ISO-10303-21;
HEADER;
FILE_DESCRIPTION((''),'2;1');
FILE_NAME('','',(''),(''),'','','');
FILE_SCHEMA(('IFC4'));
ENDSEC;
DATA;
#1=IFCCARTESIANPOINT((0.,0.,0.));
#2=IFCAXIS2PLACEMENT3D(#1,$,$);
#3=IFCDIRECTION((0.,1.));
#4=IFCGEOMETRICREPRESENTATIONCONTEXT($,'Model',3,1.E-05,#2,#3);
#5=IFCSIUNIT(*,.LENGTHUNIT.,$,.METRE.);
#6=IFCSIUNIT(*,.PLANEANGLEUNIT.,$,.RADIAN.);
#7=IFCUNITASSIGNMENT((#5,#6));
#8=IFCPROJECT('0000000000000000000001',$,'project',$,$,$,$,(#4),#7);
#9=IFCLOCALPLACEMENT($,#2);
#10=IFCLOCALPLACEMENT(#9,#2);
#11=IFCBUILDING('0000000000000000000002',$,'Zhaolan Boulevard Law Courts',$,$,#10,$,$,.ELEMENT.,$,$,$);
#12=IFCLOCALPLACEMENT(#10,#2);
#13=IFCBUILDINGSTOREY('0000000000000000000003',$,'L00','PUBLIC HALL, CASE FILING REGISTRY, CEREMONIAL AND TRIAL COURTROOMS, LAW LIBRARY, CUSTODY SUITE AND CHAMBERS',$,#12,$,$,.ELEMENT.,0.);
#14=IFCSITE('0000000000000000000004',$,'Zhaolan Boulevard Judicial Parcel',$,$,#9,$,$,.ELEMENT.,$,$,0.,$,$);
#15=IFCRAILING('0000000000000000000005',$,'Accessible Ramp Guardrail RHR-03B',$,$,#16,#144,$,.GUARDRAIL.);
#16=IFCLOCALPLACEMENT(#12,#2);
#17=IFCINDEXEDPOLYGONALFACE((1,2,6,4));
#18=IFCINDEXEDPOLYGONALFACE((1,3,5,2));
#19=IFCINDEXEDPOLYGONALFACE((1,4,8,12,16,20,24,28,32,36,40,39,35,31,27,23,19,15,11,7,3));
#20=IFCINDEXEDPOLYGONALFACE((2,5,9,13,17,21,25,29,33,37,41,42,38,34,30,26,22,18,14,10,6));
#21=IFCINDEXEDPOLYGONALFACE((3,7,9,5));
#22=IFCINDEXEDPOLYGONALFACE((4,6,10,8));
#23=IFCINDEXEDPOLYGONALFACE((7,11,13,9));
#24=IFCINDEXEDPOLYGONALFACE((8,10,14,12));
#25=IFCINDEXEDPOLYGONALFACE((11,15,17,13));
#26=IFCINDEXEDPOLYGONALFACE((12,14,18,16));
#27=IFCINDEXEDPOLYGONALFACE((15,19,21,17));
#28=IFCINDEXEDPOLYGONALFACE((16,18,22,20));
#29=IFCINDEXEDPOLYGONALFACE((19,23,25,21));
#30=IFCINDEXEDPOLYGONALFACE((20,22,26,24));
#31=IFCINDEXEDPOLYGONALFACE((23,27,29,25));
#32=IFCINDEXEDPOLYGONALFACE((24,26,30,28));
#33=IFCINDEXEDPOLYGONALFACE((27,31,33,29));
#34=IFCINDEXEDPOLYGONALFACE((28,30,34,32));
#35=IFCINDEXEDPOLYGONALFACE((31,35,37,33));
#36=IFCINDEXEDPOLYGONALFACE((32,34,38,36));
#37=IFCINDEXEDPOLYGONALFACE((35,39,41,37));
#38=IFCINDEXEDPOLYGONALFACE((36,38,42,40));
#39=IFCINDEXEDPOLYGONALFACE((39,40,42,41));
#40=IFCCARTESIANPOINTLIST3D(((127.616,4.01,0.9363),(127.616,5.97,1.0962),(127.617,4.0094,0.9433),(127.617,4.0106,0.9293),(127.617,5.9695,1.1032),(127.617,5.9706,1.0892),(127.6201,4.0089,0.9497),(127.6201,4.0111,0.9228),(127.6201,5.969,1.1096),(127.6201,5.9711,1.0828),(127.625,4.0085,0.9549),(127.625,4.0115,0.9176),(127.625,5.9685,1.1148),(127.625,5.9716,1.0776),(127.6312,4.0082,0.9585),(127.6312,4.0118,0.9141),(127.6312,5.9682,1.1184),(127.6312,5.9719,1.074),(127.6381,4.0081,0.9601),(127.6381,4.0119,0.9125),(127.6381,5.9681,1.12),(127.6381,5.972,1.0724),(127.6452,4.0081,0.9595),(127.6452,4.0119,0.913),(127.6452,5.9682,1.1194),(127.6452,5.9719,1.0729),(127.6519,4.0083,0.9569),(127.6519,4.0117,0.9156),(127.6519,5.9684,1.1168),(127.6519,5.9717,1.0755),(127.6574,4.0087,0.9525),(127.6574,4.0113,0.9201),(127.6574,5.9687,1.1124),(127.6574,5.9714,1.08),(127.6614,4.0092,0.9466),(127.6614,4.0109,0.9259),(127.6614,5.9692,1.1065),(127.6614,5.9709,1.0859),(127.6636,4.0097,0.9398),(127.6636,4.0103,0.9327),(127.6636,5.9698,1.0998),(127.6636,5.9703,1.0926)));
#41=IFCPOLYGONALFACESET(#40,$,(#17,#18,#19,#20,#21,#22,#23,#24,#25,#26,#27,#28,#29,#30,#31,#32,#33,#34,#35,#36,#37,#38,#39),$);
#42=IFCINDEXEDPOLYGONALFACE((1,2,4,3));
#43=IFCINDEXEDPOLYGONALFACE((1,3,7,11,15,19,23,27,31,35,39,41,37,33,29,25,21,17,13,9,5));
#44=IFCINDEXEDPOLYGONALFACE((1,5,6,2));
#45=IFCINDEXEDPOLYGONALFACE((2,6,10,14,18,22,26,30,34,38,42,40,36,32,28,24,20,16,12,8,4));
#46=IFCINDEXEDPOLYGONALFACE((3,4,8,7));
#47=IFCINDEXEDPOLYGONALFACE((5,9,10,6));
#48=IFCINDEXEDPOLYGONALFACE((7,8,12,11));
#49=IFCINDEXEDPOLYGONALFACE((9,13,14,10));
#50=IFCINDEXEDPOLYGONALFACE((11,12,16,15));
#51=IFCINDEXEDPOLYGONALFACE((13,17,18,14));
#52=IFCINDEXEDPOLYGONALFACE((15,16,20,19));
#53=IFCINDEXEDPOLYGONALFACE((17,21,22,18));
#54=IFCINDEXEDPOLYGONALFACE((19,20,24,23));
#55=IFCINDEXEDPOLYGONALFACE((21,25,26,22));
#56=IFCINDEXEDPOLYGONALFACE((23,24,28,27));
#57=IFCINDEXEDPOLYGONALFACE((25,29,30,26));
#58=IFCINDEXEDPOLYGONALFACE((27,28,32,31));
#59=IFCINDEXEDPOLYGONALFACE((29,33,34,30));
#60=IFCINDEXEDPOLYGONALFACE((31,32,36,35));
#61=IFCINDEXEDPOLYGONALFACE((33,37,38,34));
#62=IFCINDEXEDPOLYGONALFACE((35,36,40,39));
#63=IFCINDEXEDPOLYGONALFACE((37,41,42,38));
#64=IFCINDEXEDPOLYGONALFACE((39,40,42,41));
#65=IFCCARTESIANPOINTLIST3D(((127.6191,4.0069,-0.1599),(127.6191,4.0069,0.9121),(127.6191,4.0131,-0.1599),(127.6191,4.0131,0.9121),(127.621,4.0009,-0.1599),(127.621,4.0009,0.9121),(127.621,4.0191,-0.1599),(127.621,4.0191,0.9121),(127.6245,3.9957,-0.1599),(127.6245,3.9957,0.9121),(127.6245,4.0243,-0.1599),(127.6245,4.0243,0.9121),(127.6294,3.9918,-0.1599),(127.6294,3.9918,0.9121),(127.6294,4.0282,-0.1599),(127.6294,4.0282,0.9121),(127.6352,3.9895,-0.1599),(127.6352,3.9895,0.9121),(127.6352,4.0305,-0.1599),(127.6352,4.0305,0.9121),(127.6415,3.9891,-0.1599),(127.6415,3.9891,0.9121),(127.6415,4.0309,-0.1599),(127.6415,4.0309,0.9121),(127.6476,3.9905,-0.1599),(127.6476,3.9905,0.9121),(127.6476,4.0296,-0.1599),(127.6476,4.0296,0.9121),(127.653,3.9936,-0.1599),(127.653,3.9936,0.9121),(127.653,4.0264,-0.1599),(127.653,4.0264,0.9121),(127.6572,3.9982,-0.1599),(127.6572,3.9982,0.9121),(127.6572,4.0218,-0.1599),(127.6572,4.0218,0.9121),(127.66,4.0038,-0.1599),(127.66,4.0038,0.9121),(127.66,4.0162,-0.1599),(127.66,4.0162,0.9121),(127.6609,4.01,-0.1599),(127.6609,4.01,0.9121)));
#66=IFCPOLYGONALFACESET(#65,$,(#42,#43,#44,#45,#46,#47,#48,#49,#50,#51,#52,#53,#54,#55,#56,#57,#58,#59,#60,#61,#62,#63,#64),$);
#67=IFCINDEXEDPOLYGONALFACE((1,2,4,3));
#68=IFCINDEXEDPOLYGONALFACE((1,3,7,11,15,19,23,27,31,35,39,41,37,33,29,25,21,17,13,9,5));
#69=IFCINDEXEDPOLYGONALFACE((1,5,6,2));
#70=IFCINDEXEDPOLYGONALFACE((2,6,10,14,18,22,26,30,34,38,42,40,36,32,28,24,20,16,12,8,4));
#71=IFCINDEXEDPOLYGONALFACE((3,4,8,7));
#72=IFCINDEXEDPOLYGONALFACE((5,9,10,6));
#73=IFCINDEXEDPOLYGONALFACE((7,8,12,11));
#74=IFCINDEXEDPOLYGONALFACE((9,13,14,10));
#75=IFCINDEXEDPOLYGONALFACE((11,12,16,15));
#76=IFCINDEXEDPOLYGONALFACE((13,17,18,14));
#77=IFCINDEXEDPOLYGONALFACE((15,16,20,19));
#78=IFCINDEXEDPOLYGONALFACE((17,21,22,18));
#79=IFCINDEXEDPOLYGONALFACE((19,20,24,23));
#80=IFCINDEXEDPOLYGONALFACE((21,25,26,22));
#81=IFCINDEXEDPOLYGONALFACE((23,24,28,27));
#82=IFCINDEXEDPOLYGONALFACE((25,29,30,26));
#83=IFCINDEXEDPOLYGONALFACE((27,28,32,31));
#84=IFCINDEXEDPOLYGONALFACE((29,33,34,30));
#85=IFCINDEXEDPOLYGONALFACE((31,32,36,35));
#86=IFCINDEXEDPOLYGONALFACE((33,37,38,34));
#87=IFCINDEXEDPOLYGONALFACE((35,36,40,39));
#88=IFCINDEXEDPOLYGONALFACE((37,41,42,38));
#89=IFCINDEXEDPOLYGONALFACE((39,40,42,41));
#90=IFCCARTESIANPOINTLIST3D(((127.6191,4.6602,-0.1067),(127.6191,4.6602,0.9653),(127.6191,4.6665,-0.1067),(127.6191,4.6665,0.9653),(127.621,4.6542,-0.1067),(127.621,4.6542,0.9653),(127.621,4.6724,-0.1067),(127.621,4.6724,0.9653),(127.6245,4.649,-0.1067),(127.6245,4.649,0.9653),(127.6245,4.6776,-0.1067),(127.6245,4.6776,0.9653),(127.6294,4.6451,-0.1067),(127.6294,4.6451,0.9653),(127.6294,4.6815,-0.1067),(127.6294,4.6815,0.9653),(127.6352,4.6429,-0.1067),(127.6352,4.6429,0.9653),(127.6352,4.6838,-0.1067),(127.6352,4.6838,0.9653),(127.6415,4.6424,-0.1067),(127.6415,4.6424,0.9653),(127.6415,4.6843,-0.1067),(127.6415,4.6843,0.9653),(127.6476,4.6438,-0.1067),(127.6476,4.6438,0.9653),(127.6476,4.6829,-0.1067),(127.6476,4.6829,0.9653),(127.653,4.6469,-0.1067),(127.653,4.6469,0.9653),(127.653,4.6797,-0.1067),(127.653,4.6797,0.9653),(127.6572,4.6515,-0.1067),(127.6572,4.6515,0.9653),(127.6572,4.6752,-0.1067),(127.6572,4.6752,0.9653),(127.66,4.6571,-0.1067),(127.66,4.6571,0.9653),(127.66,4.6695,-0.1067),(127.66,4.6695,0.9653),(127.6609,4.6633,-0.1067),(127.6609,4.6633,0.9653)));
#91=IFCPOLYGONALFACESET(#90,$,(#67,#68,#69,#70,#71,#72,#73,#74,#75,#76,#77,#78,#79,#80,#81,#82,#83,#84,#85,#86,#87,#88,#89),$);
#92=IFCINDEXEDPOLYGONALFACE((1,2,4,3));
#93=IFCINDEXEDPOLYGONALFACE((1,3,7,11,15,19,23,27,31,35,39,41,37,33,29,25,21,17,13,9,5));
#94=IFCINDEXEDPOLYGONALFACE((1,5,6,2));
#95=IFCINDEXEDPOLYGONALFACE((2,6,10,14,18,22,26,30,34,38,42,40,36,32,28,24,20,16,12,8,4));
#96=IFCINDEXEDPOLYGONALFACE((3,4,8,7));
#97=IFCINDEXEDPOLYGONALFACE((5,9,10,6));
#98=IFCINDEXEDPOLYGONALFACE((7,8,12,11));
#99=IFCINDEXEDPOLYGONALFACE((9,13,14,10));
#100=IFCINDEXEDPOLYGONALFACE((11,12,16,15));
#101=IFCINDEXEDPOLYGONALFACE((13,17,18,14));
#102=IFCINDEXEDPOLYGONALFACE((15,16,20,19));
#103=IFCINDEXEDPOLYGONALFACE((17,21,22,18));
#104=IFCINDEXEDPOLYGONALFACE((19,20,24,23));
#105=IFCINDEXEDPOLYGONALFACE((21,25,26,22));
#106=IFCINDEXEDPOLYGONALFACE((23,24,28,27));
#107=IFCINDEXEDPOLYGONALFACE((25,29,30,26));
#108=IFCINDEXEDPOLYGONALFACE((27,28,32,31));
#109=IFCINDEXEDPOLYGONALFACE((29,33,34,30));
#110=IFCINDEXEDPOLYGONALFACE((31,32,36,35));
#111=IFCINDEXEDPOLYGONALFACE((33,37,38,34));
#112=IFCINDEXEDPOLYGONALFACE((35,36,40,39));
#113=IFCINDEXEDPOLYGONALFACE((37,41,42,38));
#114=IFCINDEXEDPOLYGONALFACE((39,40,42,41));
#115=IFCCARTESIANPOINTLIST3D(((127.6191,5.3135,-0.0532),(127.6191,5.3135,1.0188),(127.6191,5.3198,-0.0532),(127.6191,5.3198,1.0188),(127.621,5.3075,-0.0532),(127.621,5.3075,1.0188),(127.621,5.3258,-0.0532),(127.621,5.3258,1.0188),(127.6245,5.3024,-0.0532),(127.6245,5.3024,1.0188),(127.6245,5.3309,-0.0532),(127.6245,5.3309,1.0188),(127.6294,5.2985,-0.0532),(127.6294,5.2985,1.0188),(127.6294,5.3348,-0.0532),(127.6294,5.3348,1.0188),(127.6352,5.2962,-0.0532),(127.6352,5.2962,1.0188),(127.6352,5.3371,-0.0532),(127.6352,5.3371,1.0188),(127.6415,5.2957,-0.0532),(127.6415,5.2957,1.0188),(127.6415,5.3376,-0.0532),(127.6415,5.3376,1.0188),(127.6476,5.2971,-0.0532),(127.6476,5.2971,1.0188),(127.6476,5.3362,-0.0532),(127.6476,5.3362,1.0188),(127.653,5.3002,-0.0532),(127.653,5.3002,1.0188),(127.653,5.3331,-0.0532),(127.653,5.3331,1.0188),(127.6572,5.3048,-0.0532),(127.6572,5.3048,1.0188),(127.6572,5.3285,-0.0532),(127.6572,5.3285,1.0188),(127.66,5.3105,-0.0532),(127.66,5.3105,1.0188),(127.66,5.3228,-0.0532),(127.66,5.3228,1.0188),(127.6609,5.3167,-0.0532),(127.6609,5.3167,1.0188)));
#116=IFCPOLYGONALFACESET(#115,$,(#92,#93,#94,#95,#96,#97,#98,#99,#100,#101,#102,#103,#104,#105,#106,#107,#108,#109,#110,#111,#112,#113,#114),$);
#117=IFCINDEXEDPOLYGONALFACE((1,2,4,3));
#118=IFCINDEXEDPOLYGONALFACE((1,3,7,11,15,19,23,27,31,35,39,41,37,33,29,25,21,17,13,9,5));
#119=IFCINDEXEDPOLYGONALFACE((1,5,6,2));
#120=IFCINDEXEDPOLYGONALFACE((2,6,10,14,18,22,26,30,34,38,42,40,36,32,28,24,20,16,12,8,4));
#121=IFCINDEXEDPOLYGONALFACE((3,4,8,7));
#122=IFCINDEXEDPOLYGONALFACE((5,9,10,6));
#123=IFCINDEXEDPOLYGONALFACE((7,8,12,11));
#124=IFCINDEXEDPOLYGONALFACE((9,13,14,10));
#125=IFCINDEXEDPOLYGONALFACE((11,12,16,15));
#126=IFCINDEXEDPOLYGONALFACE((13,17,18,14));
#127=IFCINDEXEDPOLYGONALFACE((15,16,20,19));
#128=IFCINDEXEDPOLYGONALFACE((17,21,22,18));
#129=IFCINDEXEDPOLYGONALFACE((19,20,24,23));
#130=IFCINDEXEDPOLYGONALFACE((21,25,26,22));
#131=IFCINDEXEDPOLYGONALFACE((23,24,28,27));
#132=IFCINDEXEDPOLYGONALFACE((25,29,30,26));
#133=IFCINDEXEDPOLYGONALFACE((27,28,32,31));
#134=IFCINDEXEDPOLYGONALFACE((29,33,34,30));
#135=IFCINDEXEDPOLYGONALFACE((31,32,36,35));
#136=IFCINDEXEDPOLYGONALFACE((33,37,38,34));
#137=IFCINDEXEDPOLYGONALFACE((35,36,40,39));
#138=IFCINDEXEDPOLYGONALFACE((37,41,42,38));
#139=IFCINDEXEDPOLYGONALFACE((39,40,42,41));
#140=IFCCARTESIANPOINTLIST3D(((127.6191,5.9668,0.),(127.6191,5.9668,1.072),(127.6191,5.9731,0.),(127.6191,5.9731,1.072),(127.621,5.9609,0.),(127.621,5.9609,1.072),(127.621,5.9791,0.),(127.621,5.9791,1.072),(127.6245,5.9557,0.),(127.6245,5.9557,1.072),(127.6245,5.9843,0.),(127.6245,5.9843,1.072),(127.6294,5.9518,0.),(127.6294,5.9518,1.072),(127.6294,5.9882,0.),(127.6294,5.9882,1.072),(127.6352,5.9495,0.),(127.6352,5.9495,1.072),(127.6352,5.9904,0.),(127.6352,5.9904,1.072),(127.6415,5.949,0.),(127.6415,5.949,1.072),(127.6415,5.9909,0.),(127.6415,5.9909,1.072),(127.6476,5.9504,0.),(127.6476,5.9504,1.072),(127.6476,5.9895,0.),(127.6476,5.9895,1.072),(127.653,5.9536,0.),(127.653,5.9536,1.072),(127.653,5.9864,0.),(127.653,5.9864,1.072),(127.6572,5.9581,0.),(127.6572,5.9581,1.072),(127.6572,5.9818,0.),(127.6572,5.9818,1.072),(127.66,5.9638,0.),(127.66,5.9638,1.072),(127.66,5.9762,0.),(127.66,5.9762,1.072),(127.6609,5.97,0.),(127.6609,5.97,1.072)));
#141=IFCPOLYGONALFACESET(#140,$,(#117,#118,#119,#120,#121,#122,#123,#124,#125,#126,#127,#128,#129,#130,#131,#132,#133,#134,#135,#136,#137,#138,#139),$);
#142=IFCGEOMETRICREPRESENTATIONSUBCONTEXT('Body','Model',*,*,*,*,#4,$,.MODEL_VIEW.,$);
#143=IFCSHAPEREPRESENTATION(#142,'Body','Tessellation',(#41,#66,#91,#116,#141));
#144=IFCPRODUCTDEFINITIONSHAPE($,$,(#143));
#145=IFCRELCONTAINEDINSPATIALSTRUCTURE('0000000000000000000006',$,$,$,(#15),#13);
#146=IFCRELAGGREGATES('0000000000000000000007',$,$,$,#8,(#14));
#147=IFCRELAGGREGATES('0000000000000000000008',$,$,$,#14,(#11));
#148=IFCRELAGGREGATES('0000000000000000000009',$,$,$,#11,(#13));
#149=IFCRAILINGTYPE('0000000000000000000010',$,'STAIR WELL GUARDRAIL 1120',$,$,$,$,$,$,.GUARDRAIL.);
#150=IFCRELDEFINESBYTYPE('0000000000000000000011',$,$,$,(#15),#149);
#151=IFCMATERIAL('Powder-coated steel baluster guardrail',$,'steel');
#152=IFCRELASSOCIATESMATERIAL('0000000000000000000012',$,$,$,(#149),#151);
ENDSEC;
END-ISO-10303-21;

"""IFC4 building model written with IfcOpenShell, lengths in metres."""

from ifc_helpers import new_model, si_unit, direction, frame, origin, origin_2d, place, context, subcontext, project, spatial, circle, extrude, material, type_object, element, save


model = new_model("IFC4")

# Units and contexts
model_context = context("Model", 3, precision=1e-05, world=origin(), true_north=direction((0.0, 1.0)))
body_context = subcontext(model_context, "Body", "Model", "MODEL_VIEW")
ifc_project = project(units=[si_unit("LENGTHUNIT", "METRE"), si_unit("PLANEANGLEUNIT", "RADIAN")], contexts=[model_context])

# Site, building, storey
site_placement = place(None, origin())
site = spatial("IfcSite", under=ifc_project, at=site_placement, Name="Zhaolan Boulevard Judicial Parcel", CompositionType="ELEMENT", RefElevation=0.0)
building_placement = place(site_placement, origin())
building = spatial("IfcBuilding", under=site, at=building_placement, Name="Zhaolan Boulevard Law Courts", CompositionType="ELEMENT")
storey_placement = place(building_placement, origin())
storey = spatial("IfcBuildingStorey", under=building, at=storey_placement, Name="L00", Description="PUBLIC HALL, CASE FILING REGISTRY, CEREMONIAL AND TRIAL COURTROOMS, LAW LIBRARY, CUSTODY SUITE AND CHAMBERS", CompositionType="ELEMENT", Elevation=0.0)

# Railing
ifc_material_1 = material(Name="Powder-coated steel baluster guardrail", Category="steel")
railing_type = type_object("IfcRailingType", Name="STAIR WELL GUARDRAIL 1120", PredefinedType="GUARDRAIL", material=ifc_material_1)
for number, where, name in (
    (1, (127.6399, 4.01, -0.1599), "Accessible Ramp Guardrail RHR-03B"),
):
    element("IfcRailing", number, at=place(storey_placement, frame(where)), inside=storey, type_object=railing_type, Name=name, PredefinedType="GUARDRAIL", context=body_context, shape_type="SweptSolid", body=[
        extrude(circle(Radius=0.0239, at=origin_2d()), frame((0.0, 0.0, 1.0962), z_axis=(0.0, 0.996688, 0.081319), x_axis=(-1.0, 0.0, 0.0)), (0.0, 0.0, 1.0), 1.9666),
        extrude(circle(Radius=0.021, at=origin_2d()), origin(), (0.0, 0.0, 1.0), 1.072),
        extrude(circle(Radius=0.021, at=origin_2d()), frame((0.0, 0.6533, 0.0532)), (0.0, 0.0, 1.0), 1.072),
        extrude(circle(Radius=0.021, at=origin_2d()), frame((0.0, 1.3066, 0.1067)), (0.0, 0.0, 1.0), 1.072),
        extrude(circle(Radius=0.021, at=origin_2d()), frame((0.0, 1.96, 0.1599)), (0.0, 0.0, 1.0), 1.072),
    ])

save(model, "model.ifc")
